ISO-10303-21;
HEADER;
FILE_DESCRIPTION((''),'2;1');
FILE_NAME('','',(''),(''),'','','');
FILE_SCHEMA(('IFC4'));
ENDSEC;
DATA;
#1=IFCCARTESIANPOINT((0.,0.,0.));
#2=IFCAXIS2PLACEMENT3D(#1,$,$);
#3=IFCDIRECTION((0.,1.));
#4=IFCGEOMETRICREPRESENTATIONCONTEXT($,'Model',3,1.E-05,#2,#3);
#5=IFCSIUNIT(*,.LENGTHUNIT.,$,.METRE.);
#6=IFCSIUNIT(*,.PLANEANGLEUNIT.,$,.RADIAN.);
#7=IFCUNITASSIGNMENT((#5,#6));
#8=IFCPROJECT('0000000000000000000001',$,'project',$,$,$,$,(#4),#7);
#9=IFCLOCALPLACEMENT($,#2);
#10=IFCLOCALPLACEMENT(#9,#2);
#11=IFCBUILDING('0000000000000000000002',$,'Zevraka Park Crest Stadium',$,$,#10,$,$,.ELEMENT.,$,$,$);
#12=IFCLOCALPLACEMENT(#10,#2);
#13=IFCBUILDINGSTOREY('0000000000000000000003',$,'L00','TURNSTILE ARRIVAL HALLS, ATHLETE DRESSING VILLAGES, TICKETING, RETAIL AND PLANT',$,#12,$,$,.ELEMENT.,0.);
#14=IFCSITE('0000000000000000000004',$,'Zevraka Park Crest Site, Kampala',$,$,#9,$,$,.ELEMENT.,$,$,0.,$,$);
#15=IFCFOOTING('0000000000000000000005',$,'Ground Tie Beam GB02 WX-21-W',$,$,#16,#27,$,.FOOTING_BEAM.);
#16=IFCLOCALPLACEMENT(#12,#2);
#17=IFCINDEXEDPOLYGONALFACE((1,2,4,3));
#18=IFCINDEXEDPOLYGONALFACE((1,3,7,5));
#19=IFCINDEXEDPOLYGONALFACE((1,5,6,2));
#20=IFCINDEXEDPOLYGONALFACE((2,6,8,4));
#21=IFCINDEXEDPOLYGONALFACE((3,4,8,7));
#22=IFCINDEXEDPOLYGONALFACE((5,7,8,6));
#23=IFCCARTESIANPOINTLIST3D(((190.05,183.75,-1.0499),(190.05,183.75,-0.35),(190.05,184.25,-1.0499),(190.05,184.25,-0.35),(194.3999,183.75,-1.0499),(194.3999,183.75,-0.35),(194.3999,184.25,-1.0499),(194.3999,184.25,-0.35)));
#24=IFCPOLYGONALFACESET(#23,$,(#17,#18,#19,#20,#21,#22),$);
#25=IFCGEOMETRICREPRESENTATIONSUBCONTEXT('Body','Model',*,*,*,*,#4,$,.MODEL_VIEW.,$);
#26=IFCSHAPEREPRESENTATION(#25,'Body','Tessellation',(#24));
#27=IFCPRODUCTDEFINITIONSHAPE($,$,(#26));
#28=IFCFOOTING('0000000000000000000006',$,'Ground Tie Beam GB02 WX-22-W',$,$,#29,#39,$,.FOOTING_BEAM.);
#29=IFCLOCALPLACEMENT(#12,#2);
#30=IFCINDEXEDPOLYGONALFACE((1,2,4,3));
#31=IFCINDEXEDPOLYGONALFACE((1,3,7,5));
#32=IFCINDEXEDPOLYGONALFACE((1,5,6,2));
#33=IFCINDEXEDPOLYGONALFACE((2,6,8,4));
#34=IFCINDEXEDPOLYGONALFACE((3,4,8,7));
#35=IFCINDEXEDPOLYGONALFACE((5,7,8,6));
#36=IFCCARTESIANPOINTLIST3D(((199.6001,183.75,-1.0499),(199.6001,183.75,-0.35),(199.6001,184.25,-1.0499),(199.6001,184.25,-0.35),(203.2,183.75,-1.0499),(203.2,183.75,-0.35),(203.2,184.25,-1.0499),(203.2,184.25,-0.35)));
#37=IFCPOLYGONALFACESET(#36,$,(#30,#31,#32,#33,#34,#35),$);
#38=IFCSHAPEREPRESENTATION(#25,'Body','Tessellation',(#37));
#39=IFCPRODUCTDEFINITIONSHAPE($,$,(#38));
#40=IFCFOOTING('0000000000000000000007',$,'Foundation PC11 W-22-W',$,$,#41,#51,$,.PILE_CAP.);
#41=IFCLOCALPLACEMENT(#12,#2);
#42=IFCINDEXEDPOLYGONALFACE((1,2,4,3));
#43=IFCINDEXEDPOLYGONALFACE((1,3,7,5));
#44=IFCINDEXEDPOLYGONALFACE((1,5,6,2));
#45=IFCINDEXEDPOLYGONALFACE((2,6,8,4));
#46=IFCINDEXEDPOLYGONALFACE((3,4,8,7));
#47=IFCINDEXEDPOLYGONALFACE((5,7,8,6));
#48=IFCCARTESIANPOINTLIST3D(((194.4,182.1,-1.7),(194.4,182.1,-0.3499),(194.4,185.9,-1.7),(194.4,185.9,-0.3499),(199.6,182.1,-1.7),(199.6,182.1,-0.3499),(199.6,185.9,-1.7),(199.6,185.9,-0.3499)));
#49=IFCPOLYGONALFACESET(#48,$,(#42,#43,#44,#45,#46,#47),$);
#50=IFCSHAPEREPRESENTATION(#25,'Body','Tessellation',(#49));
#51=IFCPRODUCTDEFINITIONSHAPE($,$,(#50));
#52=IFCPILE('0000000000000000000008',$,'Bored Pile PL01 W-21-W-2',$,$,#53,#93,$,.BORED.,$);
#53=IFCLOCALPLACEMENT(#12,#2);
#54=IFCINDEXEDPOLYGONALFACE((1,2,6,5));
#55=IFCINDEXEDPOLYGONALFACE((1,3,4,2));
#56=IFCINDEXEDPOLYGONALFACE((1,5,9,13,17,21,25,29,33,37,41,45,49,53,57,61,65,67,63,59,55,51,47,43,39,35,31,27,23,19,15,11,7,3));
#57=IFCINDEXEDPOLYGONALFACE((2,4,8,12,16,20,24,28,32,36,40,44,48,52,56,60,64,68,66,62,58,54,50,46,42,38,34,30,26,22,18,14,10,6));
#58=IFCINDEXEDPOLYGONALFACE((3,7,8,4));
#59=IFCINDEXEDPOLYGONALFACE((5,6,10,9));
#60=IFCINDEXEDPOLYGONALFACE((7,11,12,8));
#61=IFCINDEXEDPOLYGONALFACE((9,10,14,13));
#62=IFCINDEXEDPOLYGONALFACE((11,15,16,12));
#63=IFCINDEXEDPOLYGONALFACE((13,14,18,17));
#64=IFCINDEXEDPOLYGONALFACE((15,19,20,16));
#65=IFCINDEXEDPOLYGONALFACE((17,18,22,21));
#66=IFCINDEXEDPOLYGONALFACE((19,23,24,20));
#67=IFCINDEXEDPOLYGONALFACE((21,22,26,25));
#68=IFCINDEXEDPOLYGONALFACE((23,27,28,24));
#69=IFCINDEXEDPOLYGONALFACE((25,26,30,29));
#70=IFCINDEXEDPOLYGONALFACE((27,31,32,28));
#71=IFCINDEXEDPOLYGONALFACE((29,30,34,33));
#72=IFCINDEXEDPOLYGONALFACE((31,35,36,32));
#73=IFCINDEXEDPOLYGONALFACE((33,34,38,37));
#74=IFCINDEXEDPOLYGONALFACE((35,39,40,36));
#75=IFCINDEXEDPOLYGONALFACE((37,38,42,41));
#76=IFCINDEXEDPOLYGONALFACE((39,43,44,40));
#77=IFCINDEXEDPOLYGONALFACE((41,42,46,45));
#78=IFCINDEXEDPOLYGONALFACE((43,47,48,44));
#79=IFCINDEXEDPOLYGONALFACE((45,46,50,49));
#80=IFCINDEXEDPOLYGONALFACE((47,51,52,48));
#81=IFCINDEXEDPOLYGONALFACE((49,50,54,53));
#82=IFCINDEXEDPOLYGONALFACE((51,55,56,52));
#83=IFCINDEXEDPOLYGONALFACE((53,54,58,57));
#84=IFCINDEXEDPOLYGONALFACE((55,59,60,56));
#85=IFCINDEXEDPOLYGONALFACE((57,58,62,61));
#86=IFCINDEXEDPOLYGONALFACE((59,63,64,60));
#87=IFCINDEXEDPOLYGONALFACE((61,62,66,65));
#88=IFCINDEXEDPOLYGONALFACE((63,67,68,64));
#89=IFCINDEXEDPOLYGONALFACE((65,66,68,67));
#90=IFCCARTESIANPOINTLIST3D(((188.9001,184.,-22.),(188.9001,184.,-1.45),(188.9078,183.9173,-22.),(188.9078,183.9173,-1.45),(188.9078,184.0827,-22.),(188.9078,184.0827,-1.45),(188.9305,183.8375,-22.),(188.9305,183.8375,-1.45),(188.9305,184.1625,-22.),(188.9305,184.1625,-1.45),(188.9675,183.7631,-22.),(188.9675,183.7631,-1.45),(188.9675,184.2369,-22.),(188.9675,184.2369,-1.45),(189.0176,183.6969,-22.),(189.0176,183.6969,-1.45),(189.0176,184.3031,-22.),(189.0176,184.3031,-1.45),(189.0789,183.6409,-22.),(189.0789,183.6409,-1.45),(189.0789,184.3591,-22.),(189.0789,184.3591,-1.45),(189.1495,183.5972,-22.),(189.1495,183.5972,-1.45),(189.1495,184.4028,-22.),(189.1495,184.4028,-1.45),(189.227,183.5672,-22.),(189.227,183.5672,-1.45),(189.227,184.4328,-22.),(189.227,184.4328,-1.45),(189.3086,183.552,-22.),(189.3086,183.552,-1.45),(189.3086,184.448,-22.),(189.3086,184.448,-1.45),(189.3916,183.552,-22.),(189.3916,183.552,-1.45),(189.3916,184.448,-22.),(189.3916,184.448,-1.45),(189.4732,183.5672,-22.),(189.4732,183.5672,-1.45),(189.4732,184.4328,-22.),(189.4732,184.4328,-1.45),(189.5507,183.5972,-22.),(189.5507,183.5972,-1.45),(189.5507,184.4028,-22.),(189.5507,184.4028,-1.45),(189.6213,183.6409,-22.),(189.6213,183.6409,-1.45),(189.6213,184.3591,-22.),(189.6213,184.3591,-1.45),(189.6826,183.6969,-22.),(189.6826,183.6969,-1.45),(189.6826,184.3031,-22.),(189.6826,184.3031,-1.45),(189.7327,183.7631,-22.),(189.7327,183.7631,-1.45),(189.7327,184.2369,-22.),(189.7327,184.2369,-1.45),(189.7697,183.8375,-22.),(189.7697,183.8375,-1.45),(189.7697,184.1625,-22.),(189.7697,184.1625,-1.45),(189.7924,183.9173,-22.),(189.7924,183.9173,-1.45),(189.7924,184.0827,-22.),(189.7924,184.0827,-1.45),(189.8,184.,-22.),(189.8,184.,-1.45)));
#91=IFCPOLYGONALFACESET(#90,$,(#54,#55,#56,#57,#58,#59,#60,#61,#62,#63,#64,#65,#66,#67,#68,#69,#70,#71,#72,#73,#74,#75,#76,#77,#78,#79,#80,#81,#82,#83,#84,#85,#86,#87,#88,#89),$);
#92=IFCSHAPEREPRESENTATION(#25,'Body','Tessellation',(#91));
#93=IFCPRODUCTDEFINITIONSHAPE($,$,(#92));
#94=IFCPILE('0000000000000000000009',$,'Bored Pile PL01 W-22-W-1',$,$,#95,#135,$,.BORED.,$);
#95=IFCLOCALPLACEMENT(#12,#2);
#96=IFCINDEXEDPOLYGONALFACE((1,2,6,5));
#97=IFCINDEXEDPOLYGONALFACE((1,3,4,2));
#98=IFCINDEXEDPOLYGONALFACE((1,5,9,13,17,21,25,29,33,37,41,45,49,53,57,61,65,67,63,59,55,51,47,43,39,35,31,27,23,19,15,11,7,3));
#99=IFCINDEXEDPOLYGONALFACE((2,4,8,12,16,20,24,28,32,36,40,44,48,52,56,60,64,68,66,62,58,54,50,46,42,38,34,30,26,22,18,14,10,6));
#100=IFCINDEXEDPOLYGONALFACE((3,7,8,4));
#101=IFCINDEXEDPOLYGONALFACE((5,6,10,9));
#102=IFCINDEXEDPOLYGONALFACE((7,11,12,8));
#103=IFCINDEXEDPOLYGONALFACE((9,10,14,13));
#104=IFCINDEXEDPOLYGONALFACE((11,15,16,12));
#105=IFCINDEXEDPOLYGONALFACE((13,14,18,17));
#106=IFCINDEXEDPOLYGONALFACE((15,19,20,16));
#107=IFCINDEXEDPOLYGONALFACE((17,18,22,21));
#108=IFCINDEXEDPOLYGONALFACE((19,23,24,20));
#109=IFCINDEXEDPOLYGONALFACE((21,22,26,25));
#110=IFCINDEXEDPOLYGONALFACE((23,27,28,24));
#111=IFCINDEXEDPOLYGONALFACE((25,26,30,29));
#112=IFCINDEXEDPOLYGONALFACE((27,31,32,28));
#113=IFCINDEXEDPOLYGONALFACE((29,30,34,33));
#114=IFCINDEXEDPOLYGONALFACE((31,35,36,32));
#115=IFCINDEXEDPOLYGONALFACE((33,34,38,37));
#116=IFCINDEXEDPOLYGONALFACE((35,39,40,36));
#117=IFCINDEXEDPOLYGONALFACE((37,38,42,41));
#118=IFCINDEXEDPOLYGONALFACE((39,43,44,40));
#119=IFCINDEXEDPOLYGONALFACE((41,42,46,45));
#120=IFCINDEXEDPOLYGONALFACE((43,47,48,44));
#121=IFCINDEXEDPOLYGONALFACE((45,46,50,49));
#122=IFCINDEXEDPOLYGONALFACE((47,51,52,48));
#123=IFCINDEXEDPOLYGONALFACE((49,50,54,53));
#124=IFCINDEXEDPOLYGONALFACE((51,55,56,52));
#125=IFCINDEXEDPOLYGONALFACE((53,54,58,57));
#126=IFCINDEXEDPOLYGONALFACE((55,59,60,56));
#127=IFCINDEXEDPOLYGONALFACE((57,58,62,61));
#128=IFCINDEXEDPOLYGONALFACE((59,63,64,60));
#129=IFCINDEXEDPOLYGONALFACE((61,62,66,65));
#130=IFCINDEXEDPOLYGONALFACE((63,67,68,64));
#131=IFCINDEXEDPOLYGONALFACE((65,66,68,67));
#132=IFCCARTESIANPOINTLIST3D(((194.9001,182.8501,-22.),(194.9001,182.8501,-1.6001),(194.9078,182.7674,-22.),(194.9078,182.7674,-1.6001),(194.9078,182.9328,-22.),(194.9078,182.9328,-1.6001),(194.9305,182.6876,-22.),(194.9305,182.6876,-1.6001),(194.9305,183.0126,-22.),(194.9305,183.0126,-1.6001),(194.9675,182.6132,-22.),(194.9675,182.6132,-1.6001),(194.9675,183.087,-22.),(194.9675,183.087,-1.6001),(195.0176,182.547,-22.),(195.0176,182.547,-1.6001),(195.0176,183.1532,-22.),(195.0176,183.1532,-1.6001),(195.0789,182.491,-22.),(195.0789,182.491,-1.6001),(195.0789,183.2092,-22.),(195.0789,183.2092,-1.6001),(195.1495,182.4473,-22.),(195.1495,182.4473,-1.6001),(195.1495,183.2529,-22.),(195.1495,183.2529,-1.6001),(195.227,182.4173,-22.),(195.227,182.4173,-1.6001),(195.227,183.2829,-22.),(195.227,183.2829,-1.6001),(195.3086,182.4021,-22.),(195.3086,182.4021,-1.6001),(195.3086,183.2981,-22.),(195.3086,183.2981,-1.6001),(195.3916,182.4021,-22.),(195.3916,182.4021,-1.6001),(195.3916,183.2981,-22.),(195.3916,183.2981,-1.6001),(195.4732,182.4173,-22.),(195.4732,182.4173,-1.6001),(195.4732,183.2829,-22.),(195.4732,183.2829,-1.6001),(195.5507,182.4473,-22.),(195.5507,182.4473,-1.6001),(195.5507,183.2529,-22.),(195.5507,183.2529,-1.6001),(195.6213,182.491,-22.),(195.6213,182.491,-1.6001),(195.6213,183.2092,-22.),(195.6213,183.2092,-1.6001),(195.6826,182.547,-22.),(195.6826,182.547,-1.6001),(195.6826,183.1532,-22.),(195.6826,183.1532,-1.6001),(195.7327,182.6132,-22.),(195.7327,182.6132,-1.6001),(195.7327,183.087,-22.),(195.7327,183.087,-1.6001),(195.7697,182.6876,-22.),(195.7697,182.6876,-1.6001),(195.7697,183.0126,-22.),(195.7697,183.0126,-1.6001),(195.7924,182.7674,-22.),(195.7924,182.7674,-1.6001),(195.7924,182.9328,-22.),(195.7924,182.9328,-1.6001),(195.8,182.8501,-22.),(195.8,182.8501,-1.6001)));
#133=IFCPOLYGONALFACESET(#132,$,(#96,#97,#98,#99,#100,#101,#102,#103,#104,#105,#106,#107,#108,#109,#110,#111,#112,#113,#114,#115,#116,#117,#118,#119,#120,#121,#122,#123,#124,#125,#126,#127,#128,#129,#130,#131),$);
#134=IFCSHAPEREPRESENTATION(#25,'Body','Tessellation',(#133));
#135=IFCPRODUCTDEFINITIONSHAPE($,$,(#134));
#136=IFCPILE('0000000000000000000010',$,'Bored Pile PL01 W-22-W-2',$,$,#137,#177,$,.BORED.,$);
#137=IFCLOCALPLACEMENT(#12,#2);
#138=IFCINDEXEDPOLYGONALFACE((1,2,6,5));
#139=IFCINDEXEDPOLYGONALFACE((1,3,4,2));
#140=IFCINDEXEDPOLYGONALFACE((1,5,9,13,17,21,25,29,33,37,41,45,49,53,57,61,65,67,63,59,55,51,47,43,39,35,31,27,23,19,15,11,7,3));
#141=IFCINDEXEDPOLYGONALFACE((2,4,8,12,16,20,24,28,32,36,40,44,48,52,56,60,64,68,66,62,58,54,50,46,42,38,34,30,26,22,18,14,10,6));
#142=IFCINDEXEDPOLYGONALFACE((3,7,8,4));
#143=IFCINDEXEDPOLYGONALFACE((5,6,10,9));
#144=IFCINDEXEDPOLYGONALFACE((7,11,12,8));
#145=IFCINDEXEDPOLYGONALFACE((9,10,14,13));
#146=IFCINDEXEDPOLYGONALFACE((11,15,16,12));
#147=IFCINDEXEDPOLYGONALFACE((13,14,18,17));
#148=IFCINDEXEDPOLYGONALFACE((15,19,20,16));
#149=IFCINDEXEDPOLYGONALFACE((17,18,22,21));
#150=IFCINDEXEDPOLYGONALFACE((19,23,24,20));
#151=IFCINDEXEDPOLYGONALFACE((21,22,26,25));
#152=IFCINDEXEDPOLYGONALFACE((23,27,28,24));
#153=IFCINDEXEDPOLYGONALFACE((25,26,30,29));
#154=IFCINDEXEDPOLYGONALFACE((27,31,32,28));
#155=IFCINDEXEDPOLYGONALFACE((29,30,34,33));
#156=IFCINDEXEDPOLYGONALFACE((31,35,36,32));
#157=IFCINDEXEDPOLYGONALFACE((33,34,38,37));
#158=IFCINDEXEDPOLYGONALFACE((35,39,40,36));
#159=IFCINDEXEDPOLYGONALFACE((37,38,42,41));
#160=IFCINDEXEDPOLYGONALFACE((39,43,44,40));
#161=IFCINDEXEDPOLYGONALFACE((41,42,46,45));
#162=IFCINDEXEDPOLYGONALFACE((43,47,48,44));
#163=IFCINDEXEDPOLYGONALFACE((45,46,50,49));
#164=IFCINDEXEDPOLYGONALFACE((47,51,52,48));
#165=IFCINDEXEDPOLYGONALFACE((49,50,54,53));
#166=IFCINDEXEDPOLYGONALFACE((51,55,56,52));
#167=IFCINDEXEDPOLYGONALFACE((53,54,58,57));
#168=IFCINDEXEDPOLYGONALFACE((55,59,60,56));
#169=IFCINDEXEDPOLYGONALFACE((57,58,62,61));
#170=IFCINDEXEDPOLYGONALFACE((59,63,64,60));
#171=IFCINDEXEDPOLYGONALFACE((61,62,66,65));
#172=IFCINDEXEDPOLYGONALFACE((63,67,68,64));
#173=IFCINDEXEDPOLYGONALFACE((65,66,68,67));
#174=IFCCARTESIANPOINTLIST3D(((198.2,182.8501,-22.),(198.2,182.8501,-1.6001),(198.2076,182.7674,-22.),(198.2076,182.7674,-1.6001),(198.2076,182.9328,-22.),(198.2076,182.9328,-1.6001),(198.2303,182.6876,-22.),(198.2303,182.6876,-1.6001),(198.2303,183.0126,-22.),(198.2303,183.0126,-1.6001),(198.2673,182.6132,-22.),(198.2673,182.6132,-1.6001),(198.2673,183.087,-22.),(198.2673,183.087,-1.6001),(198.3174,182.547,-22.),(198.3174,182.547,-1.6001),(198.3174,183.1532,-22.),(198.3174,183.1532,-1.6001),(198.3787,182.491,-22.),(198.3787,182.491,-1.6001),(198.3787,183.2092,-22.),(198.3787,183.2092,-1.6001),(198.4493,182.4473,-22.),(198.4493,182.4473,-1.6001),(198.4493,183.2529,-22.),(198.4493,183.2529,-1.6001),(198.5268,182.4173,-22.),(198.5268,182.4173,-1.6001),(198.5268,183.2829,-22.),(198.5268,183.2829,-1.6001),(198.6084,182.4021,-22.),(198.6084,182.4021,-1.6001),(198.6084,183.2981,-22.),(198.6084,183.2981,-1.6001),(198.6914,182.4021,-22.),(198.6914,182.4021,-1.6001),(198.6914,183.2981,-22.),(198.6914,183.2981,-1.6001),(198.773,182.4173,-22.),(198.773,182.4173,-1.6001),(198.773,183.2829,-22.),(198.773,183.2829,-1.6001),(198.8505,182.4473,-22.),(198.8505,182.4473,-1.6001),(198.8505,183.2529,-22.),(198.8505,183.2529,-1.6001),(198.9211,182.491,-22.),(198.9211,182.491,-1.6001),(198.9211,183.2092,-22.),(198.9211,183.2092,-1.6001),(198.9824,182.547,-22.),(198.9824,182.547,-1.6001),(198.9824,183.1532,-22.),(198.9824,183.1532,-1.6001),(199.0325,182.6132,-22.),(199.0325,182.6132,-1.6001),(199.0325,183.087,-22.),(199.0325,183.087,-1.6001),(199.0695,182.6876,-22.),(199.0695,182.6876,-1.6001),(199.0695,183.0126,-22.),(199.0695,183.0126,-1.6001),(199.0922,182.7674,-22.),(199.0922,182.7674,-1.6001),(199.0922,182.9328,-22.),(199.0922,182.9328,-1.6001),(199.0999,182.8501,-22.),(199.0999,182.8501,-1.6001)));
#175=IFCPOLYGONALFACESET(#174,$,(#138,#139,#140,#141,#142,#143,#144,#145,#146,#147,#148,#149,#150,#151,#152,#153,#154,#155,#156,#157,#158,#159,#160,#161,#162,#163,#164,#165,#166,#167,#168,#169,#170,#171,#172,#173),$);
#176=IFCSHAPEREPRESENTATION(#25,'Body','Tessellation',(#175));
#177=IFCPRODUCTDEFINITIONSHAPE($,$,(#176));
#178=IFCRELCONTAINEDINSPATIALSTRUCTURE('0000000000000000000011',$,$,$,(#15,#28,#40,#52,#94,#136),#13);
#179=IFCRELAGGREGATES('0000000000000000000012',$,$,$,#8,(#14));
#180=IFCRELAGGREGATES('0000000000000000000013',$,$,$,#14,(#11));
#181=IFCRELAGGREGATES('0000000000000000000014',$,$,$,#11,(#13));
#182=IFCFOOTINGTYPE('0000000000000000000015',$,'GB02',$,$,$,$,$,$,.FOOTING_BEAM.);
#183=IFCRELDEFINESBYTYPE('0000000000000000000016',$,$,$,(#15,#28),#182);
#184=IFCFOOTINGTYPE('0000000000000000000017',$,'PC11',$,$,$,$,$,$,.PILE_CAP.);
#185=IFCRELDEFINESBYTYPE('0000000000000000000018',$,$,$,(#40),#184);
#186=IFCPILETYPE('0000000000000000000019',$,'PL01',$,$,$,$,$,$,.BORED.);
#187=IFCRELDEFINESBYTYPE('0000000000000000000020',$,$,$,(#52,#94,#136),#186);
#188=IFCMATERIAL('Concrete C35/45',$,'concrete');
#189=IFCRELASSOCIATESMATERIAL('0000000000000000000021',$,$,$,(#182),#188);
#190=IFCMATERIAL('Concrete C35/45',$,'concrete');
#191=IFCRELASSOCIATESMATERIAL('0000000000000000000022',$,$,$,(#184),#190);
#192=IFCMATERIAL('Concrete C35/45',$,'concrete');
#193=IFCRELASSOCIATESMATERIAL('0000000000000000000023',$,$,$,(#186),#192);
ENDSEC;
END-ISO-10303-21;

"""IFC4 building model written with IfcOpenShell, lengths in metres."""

from ifc_helpers import new_model, si_unit, direction, frame, origin, origin_2d, place, context, subcontext, project, spatial, rectangle, circle, extrude, material, material_profile, profile_set, type_object, element, save


model = new_model("IFC4")

# Units and contexts
model_context = context("Model", 3, precision=1e-05, world=origin(), true_north=direction((0.0, 1.0)))
body_context = subcontext(model_context, "Body", "Model", "MODEL_VIEW")
ifc_project = project(units=[si_unit("LENGTHUNIT", "METRE"), si_unit("PLANEANGLEUNIT", "RADIAN")], contexts=[model_context])

# Site, building, storey
site_placement = place(None, origin())
site = spatial("IfcSite", under=ifc_project, at=site_placement, Name="Zevraka Park Crest Site, Kampala", CompositionType="ELEMENT", RefElevation=0.0)
building_placement = place(site_placement, origin())
building = spatial("IfcBuilding", under=site, at=building_placement, Name="Zevraka Park Crest Stadium", CompositionType="ELEMENT")
storey_placement = place(building_placement, origin())
storey = spatial("IfcBuildingStorey", under=building, at=storey_placement, Name="L00", Description="TURNSTILE ARRIVAL HALLS, ATHLETE DRESSING VILLAGES, TICKETING, RETAIL AND PLANT", CompositionType="ELEMENT", Elevation=0.0)

# Footings
ifc_material_1 = material(Name="Concrete C35/45", Category="concrete")
ifc_material_profile_1 = material_profile(ifc_material_1, rectangle(XDim=0.5, YDim=0.7, at=origin_2d()), Name="GB 700x500")
ifc_profile_set_1 = profile_set([ifc_material_profile_1], Name="Concrete C35/45")
footing_type_1 = type_object("IfcFootingType", Name="GB02", PredefinedType="FOOTING_BEAM", material=ifc_profile_set_1)
footing_1_placement = place(storey_placement, frame((190.05, 184.0, -0.7), z_axis=(1.0, 0.0, 0.0), x_axis=(0.0, 1.0, 0.0)))
element("IfcFooting", 1, at=footing_1_placement, inside=storey, type_object=footing_type_1, Name="Ground Tie Beam GB02 WX-21-W", PredefinedType="FOOTING_BEAM", context=body_context, shape_type="SweptSolid", body=[
    extrude(rectangle(XDim=0.5, YDim=0.7, at=origin_2d()), origin(), (0.0, 0.0, 1.0), 4.3499),
])
footing_2_placement = place(storey_placement, frame((199.6001, 184.0, -0.7), z_axis=(1.0, 0.0, 0.0), x_axis=(0.0, 1.0, 0.0)))
element("IfcFooting", 2, at=footing_2_placement, inside=storey, type_object=footing_type_1, Name="Ground Tie Beam GB02 WX-22-W", PredefinedType="FOOTING_BEAM", context=body_context, shape_type="SweptSolid", body=[
    extrude(rectangle(XDim=0.5, YDim=0.7, at=origin_2d()), origin(), (0.0, 0.0, 1.0), 3.5999),
])
ifc_material_2 = material(Name="Concrete C35/45", Category="concrete")
footing_type_2 = type_object("IfcFootingType", Name="PC11", PredefinedType="PILE_CAP", material=ifc_material_2)
footing_3_placement = place(storey_placement, frame((197.0, 184.0, -1.7), z_axis=(0.0, 0.0, 1.0), x_axis=(1.0, 0.0, 0.0)))
element("IfcFooting", 3, at=footing_3_placement, inside=storey, type_object=footing_type_2, Name="Foundation PC11 W-22-W", PredefinedType="PILE_CAP", context=body_context, shape_type="SweptSolid", body=[
    extrude(rectangle(XDim=5.2, YDim=3.8, at=origin_2d()), origin(), (0.0, 0.0, 1.0), 1.3501),
])

# Piles
ifc_material_3 = material(Name="Concrete C35/45", Category="concrete")
ifc_material_profile_2 = material_profile(ifc_material_3, circle(Radius=0.45, at=origin_2d()), Name="PILE D900")
ifc_profile_set_2 = profile_set([ifc_material_profile_2], Name="Concrete C35/45")
pile_type_1 = type_object("IfcPileType", Name="PL01", PredefinedType="BORED", material=ifc_profile_set_2)
pile_placement = place(storey_placement, frame((189.3501, 184.0, -1.45), z_axis=(0.0, 0.0, -1.0), x_axis=(1.0, 0.0, 0.0)))
element("IfcPile", 4, at=pile_placement, inside=storey, type_object=pile_type_1, Name="Bored Pile PL01 W-21-W-2", PredefinedType="BORED", context=body_context, shape_type="SweptSolid", body=[
    extrude(circle(Radius=0.45, at=origin_2d()), origin(), (0.0, 0.0, 1.0), 20.55),
])
for number, where, z_axis, x_axis, name in (
    (5, (195.3501, 182.8501, -1.6001), (0.0, 0.0, -1.0), (1.0, 0.0, 0.0), "Bored Pile PL01 W-22-W-1"),
    (6, (198.6499, 182.8501, -1.6001), (0.0, 0.0, -1.0), (1.0, 0.0, 0.0), "Bored Pile PL01 W-22-W-2"),
):
    element("IfcPile", number, at=place(storey_placement, frame(where, z_axis=z_axis, x_axis=x_axis)), inside=storey, type_object=pile_type_1, Name=name, PredefinedType="BORED", context=body_context, shape_type="SweptSolid", body=[
        extrude(circle(Radius=0.45, at=origin_2d()), origin(), (0.0, 0.0, 1.0), 20.3999),
    ])

save(model, "model.ifc")
